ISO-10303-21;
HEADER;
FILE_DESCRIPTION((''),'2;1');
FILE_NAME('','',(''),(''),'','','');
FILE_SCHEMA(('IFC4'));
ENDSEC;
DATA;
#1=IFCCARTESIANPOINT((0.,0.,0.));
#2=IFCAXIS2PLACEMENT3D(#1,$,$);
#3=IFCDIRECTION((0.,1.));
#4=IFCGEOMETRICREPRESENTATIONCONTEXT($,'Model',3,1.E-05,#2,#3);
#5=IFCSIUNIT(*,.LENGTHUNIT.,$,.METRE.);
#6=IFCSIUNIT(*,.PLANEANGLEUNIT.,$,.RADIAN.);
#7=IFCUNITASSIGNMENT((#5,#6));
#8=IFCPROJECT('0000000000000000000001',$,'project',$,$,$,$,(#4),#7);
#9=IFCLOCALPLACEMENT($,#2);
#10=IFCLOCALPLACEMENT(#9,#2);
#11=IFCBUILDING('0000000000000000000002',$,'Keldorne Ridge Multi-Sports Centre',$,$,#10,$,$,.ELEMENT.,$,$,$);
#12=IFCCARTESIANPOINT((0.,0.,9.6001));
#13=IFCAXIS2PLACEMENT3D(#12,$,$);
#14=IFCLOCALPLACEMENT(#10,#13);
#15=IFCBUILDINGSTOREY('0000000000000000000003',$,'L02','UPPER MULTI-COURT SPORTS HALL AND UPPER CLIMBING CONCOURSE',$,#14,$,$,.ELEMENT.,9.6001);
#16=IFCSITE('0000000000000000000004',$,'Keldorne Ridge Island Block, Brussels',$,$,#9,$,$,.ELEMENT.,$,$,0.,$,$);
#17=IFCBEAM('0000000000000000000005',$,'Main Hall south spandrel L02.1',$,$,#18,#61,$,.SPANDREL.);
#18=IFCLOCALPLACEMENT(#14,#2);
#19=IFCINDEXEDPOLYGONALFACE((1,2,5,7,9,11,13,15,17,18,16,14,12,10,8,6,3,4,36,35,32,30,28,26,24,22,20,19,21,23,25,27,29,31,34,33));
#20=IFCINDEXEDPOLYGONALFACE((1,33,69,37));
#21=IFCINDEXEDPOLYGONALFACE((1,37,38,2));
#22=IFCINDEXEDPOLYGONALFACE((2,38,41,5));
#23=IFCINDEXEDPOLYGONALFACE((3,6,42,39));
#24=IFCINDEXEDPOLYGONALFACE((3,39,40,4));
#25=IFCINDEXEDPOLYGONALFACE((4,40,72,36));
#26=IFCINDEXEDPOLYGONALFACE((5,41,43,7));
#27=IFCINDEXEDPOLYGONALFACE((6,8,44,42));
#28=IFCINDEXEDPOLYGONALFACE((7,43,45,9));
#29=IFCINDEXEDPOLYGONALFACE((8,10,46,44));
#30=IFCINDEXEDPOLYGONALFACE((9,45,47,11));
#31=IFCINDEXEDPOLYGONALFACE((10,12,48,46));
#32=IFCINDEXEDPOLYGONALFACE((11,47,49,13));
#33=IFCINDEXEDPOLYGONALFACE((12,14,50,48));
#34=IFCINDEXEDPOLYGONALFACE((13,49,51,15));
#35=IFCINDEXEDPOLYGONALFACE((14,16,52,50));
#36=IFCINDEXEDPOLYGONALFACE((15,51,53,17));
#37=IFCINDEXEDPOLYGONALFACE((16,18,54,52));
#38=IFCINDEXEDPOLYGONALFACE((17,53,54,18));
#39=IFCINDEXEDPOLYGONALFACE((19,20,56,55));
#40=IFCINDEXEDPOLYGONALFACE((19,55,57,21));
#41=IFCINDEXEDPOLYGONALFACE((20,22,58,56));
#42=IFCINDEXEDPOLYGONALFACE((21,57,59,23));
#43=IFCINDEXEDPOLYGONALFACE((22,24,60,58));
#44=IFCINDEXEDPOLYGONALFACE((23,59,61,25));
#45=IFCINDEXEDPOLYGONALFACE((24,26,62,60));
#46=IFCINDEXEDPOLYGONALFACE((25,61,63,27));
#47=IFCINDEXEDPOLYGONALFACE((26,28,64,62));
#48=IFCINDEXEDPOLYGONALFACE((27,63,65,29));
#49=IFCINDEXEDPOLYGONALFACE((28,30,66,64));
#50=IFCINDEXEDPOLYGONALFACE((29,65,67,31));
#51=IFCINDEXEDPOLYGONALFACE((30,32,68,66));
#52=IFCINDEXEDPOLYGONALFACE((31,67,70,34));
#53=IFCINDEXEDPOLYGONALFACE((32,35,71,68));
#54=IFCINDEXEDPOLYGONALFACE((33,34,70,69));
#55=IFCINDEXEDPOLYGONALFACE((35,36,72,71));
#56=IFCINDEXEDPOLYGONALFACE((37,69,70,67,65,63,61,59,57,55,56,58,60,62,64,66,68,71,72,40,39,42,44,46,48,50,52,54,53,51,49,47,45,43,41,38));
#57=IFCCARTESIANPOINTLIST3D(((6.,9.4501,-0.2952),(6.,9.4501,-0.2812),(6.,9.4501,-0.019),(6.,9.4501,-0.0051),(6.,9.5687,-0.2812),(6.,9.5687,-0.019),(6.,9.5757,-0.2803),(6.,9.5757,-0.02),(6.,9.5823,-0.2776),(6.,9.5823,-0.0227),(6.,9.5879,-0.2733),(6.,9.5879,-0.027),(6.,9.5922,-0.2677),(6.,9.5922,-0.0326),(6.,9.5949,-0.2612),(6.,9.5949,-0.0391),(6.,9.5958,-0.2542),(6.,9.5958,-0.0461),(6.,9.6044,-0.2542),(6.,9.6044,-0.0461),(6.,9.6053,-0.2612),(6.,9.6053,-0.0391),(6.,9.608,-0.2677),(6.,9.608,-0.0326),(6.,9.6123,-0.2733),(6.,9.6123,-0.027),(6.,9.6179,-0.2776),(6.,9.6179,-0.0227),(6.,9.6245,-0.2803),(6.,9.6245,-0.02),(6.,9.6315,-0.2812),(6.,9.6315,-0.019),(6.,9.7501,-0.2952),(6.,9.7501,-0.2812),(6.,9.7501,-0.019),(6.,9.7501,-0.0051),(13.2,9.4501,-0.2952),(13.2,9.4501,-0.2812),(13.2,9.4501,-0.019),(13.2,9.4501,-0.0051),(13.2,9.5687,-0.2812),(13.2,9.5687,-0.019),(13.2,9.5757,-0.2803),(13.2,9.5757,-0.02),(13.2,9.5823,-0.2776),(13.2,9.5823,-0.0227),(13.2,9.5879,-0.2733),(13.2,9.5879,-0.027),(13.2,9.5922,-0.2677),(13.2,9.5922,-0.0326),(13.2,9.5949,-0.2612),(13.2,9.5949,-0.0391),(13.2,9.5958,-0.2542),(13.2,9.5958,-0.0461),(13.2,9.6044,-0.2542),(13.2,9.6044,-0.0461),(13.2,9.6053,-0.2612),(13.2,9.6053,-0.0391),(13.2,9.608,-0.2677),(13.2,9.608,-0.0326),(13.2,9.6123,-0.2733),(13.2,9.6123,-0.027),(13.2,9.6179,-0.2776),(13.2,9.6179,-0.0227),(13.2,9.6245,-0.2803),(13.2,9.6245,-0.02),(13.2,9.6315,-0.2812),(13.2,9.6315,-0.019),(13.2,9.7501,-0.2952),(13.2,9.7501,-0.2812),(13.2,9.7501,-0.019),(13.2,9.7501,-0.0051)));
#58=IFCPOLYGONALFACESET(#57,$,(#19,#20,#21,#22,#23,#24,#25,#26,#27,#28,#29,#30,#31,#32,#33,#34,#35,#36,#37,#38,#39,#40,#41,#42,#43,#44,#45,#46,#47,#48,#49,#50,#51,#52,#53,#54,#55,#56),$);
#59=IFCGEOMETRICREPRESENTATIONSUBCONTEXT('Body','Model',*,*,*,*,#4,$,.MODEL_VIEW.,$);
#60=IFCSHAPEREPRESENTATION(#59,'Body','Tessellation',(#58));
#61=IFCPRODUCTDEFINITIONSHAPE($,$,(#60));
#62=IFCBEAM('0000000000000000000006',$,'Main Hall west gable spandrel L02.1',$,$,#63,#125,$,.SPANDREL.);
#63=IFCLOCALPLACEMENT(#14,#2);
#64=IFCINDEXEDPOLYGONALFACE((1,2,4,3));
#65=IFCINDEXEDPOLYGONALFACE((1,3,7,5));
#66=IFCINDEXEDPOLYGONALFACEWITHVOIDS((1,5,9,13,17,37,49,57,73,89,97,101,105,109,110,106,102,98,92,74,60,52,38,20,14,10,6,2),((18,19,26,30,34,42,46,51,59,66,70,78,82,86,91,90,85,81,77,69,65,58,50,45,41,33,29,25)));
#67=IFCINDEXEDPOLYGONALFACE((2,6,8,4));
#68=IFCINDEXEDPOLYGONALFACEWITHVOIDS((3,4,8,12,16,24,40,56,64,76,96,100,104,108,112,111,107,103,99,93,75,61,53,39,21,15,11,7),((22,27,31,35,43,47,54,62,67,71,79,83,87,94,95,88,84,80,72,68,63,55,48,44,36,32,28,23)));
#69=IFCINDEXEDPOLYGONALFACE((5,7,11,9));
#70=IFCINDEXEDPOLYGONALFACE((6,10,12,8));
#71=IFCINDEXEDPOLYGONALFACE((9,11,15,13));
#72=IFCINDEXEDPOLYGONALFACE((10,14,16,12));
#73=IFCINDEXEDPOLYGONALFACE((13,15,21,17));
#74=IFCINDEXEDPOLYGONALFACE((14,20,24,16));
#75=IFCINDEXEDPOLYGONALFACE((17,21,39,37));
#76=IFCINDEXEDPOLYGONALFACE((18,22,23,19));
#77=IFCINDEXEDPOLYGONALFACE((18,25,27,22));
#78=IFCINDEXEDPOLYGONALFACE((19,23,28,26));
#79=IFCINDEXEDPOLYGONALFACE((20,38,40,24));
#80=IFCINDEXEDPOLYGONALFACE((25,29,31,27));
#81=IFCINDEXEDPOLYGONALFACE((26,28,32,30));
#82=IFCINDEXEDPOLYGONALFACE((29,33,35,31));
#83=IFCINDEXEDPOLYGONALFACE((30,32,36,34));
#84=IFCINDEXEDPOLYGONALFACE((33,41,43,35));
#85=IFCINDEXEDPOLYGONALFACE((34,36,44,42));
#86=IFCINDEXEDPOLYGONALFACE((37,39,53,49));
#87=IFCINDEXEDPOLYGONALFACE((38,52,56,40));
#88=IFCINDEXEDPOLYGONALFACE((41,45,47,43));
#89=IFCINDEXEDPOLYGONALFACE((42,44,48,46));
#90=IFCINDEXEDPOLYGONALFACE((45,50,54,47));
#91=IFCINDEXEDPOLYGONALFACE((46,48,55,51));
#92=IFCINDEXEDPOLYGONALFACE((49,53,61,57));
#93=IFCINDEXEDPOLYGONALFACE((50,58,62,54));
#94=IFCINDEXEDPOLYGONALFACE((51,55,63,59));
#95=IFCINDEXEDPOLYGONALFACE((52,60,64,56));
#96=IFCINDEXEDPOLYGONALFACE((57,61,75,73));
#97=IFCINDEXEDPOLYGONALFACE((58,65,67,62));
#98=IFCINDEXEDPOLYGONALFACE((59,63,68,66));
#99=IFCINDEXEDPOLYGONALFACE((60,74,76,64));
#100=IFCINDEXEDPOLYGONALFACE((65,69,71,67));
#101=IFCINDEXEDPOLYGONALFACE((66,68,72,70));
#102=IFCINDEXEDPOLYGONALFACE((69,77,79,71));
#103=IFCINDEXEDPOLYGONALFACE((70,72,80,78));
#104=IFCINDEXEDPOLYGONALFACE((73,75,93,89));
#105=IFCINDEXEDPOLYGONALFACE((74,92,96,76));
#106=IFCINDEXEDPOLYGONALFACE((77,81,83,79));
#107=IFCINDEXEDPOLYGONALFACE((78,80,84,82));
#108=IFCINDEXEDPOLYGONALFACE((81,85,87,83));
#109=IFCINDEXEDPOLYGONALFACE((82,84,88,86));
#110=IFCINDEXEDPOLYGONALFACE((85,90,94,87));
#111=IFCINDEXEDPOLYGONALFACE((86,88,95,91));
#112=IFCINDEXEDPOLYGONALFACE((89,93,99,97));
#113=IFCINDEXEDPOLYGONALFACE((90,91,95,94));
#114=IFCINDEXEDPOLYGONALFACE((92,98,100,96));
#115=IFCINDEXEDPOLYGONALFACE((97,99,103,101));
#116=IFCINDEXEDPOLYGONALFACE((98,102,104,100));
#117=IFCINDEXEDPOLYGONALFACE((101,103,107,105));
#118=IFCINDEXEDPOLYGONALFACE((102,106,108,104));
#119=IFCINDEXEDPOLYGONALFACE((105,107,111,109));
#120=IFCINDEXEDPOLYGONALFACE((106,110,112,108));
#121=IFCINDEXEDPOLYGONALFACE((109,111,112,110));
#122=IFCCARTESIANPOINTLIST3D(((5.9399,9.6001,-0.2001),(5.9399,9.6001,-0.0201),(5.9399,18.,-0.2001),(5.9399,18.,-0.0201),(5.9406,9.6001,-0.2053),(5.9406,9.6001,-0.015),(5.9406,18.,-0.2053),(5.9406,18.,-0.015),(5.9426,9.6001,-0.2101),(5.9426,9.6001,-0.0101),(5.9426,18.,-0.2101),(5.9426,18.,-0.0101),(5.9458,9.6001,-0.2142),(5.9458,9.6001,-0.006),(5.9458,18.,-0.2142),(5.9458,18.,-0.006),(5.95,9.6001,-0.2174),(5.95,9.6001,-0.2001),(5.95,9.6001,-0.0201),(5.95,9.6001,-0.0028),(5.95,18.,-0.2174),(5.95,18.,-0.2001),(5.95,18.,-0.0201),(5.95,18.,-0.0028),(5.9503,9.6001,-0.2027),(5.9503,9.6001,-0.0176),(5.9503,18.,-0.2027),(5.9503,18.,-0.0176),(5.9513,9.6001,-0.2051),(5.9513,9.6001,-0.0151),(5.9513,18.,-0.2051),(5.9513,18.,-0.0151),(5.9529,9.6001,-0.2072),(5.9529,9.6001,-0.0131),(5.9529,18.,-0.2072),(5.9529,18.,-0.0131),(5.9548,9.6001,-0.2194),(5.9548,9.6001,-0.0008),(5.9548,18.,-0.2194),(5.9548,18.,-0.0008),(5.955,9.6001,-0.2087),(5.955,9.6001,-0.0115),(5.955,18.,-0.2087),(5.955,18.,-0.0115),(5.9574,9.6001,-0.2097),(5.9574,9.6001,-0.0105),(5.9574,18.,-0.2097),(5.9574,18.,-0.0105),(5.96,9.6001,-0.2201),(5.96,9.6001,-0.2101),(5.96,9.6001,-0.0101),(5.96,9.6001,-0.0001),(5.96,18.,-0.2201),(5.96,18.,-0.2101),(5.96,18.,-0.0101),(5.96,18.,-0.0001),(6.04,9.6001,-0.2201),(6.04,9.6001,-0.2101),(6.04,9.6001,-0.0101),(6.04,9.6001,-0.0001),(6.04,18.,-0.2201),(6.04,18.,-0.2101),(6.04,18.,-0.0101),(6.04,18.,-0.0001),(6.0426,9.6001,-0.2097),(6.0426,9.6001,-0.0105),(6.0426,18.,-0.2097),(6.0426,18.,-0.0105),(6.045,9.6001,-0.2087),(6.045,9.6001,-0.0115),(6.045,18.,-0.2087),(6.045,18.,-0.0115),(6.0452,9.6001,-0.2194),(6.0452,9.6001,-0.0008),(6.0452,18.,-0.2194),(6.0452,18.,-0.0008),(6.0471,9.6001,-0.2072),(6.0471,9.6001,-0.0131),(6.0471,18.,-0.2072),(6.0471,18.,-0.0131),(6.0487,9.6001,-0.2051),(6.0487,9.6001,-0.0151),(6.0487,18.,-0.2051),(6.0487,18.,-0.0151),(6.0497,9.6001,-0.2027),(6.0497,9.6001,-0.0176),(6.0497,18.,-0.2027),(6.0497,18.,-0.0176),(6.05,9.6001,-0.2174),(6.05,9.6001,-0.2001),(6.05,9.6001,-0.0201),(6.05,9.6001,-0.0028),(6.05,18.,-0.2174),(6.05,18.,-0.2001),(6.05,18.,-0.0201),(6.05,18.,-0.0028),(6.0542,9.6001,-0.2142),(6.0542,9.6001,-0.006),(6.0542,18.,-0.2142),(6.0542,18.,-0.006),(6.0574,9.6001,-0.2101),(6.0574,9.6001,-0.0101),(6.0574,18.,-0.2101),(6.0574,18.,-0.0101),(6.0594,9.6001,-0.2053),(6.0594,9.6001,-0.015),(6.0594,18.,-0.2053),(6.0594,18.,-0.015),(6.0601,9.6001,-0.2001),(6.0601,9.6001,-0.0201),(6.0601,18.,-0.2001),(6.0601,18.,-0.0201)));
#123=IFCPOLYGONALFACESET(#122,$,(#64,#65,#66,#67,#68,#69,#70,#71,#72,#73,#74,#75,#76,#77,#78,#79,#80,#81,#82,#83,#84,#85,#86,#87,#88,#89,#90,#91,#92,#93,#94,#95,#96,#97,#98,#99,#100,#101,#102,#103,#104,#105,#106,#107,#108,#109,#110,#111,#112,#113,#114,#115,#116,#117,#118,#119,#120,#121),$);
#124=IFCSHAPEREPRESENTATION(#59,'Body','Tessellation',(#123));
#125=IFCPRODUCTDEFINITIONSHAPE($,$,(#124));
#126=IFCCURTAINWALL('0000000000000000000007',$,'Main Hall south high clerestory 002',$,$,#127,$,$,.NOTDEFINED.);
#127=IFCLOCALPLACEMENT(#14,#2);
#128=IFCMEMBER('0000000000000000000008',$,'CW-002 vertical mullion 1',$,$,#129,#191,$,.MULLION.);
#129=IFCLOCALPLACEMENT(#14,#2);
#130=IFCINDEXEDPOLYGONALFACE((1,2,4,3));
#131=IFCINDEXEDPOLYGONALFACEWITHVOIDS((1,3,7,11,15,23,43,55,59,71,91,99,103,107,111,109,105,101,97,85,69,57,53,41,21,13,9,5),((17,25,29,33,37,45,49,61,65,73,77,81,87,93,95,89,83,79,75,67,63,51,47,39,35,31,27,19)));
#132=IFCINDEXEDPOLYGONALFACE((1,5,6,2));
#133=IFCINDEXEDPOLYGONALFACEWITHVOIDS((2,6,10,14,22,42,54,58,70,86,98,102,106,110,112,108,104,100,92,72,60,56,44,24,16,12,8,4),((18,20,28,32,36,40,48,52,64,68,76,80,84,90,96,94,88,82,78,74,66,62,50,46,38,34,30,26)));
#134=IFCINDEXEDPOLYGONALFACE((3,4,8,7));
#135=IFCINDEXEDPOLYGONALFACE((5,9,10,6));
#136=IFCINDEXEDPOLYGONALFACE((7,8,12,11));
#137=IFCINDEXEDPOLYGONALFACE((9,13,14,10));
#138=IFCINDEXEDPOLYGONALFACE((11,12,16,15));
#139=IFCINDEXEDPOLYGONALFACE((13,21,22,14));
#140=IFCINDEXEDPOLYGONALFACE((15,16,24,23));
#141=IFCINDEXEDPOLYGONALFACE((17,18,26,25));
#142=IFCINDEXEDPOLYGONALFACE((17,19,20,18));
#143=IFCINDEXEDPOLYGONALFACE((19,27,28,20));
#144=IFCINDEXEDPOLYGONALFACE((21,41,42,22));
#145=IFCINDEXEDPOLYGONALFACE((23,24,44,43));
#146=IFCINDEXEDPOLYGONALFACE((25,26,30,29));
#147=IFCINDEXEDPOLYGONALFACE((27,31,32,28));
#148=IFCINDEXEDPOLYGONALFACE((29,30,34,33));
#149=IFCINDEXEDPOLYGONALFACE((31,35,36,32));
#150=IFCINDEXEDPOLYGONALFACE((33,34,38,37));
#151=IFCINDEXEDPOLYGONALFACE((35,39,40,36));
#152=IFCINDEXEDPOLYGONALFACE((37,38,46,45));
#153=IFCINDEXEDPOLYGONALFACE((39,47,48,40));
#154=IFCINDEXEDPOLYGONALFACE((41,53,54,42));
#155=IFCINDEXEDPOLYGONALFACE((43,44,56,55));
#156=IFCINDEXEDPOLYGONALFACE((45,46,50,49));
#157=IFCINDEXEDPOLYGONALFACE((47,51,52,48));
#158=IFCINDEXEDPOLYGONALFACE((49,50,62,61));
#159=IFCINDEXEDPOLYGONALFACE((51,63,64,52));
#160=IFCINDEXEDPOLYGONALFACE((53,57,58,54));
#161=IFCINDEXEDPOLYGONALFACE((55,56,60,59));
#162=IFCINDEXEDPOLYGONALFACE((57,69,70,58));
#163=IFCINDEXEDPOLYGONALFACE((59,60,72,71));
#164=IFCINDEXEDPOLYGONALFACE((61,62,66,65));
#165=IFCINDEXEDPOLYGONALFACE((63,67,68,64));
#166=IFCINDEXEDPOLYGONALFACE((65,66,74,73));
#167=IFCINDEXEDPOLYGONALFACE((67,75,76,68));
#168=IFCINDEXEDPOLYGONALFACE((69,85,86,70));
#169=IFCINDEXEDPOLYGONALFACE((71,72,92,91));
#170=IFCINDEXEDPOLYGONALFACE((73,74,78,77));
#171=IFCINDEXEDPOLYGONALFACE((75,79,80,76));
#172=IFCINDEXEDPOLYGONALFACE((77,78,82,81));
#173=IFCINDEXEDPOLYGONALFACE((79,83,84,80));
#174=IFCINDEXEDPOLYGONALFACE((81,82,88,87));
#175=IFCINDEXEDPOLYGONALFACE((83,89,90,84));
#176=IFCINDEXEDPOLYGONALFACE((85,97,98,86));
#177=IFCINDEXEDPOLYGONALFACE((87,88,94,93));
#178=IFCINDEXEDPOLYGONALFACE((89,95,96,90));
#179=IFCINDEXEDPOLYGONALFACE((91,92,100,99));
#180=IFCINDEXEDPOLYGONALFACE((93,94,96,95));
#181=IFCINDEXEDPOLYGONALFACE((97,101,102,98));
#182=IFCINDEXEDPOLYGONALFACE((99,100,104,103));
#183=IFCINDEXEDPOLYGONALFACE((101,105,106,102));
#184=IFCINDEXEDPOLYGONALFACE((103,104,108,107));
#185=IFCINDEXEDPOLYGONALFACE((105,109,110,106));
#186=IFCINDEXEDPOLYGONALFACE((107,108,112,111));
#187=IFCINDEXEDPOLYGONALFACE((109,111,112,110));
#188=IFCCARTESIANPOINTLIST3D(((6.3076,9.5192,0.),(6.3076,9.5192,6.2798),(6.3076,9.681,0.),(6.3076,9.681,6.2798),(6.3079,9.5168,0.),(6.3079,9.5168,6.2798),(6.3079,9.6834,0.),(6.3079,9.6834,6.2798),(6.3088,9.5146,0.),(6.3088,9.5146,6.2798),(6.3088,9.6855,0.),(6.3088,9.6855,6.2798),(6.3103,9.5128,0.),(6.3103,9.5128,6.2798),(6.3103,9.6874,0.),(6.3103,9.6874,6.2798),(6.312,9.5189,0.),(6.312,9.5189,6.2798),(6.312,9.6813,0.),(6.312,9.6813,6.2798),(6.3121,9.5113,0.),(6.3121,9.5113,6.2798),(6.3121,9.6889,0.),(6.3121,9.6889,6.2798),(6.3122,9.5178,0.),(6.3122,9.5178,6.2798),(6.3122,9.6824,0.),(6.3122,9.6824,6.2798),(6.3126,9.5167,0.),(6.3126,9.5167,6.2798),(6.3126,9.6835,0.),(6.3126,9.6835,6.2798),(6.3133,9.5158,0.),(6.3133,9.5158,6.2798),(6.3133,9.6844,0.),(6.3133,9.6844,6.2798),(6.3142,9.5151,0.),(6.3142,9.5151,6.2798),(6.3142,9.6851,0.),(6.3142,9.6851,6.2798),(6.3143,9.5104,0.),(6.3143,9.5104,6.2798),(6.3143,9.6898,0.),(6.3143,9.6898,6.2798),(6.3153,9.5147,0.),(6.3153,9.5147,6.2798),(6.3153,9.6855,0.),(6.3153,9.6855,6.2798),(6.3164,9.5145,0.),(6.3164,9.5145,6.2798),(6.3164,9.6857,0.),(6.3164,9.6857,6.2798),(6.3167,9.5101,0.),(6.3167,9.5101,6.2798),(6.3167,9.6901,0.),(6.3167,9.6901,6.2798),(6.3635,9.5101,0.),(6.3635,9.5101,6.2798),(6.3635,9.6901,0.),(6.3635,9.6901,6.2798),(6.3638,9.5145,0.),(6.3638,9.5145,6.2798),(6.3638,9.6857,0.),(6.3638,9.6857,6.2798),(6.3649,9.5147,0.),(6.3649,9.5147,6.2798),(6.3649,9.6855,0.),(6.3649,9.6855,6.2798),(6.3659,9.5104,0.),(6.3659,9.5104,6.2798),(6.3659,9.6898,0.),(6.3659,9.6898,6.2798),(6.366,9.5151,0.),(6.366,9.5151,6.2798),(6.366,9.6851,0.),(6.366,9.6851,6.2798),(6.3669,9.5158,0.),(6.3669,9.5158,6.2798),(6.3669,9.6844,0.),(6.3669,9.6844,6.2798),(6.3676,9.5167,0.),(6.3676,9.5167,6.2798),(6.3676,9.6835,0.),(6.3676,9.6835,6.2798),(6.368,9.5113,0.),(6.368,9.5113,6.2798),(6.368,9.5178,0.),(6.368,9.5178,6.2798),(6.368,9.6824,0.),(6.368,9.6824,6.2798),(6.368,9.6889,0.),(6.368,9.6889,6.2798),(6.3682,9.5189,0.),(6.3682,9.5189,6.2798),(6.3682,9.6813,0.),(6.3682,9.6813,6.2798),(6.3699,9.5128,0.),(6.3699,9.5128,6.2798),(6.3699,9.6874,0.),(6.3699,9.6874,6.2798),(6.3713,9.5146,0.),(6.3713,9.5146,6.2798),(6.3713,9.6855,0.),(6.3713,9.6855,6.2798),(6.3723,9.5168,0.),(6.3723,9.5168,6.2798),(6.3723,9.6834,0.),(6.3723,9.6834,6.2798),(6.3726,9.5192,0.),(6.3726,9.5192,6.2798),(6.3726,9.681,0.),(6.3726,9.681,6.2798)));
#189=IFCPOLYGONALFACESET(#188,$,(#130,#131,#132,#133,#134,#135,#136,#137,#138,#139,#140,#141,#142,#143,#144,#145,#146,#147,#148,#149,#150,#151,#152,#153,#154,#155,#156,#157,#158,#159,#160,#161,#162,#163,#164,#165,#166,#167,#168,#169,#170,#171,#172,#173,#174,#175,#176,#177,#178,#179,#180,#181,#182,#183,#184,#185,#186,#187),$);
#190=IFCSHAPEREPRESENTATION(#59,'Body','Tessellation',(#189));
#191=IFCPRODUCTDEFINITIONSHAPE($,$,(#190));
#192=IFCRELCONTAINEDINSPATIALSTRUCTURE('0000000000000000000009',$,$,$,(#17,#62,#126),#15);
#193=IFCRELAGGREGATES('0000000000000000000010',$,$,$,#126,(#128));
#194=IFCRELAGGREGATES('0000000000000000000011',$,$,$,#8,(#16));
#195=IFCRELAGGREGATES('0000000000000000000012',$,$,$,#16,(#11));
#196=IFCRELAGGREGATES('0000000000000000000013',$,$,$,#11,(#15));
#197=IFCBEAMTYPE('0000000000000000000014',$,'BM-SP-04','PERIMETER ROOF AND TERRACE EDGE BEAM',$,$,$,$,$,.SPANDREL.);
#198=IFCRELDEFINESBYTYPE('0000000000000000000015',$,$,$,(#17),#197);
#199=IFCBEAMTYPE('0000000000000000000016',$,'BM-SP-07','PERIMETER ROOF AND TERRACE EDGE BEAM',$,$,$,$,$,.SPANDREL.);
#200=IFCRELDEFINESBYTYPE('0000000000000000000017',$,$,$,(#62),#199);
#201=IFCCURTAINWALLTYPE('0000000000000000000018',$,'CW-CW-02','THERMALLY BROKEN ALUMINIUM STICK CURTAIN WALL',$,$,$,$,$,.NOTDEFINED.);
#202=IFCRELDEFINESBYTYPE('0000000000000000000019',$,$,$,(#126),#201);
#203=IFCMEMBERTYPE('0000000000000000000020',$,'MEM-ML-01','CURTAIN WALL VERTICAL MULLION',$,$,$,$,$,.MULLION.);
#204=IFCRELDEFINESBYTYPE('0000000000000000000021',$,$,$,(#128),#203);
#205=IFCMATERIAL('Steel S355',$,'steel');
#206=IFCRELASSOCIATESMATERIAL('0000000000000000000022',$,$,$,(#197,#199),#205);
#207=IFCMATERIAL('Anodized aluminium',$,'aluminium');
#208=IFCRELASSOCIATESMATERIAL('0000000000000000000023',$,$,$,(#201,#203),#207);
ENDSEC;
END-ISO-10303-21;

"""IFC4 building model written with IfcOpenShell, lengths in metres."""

from ifc_helpers import new_model, si_unit, direction, frame, origin, origin_2d, place, context, subcontext, project, spatial, hollow_rectangle, i_section, extrude, material, material_profile, profile_set, type_object, element, aggregate, save


model = new_model("IFC4")

# Units and contexts
model_context = context("Model", 3, precision=1e-05, world=origin(), true_north=direction((0.0, 1.0)))
body_context = subcontext(model_context, "Body", "Model", "MODEL_VIEW")
ifc_project = project(units=[si_unit("LENGTHUNIT", "METRE"), si_unit("PLANEANGLEUNIT", "RADIAN")], contexts=[model_context])

# Site, building, storey
site_placement = place(None, origin())
site = spatial("IfcSite", under=ifc_project, at=site_placement, Name="Keldorne Ridge Island Block, Brussels", CompositionType="ELEMENT", RefElevation=0.0)
building_placement = place(site_placement, origin())
building = spatial("IfcBuilding", under=site, at=building_placement, Name="Keldorne Ridge Multi-Sports Centre", CompositionType="ELEMENT")
storey_placement = place(building_placement, frame((0.0, 0.0, 9.6001)))
storey = spatial("IfcBuildingStorey", under=building, at=storey_placement, Name="L02", Description="UPPER MULTI-COURT SPORTS HALL AND UPPER CLIMBING CONCOURSE", CompositionType="ELEMENT", Elevation=9.6001)

# Beams
ifc_material_1 = material(Name="Steel S355", Category="steel")
ifc_material_profile_1 = material_profile(ifc_material_1, i_section(OverallWidth=0.3, OverallDepth=0.29, WebThickness=0.0085, FlangeThickness=0.0139, FilletRadius=0.0271, at=origin_2d()), Name="HEA 300")
ifc_profile_set_1 = profile_set([ifc_material_profile_1], Name="Steel S355")
beam_type_1 = type_object("IfcBeamType", Name="BM-SP-04", Description="PERIMETER ROOF AND TERRACE EDGE BEAM", PredefinedType="SPANDREL", material=ifc_profile_set_1)
beam_1_placement = place(storey_placement, frame((6.0, 9.6001, -0.1501), z_axis=(1.0, 0.0, 0.0), x_axis=(0.0, 1.0, 0.0)))
element("IfcBeam", 1, at=beam_1_placement, inside=storey, type_object=beam_type_1, Name="Main Hall south spandrel L02.1", PredefinedType="SPANDREL", context=body_context, shape_type="SweptSolid", body=[
    extrude(i_section(OverallWidth=0.3, OverallDepth=0.29, WebThickness=0.0085, FlangeThickness=0.0139, FilletRadius=0.0271, at=origin_2d()), origin(), (0.0, 0.0, 1.0), 7.2),
])
ifc_material_profile_2 = material_profile(ifc_material_1, hollow_rectangle(XDim=0.1201, YDim=0.22, WallThickness=0.01, InnerFilletRadius=0.01, OuterFilletRadius=0.02, at=origin_2d()), Name="RHS 220x120x10")
ifc_profile_set_2 = profile_set([ifc_material_profile_2], Name="Steel S355")
beam_type_2 = type_object("IfcBeamType", Name="BM-SP-07", Description="PERIMETER ROOF AND TERRACE EDGE BEAM", PredefinedType="SPANDREL", material=ifc_profile_set_2)
beam_2_placement = place(storey_placement, frame((6.0, 9.6001, -0.1101), z_axis=(0.0, 1.0, 0.0), x_axis=(-1.0, 0.0, 0.0)))
element("IfcBeam", 2, at=beam_2_placement, inside=storey, type_object=beam_type_2, Name="Main Hall west gable spandrel L02.1", PredefinedType="SPANDREL", context=body_context, shape_type="SweptSolid", body=[
    extrude(hollow_rectangle(XDim=0.1201, YDim=0.22, WallThickness=0.01, InnerFilletRadius=0.01, OuterFilletRadius=0.02, at=origin_2d()), origin(), (0.0, 0.0, 1.0), 8.3999),
])

# Curtain wall, member
ifc_material_2 = material(Name="Anodized aluminium", Category="aluminium")
curtain_wall_type_1 = type_object("IfcCurtainWallType", Name="CW-CW-02", Description="THERMALLY BROKEN ALUMINIUM STICK CURTAIN WALL", PredefinedType="NOTDEFINED", material=ifc_material_2)
curtain_wall_1_placement = place(storey_placement, origin())
curtain_wall_1 = element("IfcCurtainWall", 3, at=curtain_wall_1_placement, inside=storey, type_object=curtain_wall_type_1, Name="Main Hall south high clerestory 002", PredefinedType="NOTDEFINED")
ifc_material_profile_3 = material_profile(ifc_material_2, hollow_rectangle(XDim=0.0649, YDim=0.1799, WallThickness=0.0044, InnerFilletRadius=0.0044, OuterFilletRadius=0.009, at=origin_2d()), Name="ALU MULLION 180x65x4.5")
ifc_profile_set_3 = profile_set([ifc_material_profile_3], Name="Anodized aluminium")
member_type_1 = type_object("IfcMemberType", Name="MEM-ML-01", Description="CURTAIN WALL VERTICAL MULLION", PredefinedType="MULLION", material=ifc_profile_set_3)
member_1_placement = place(storey_placement, frame((6.3401, 9.6001, 0.0), z_axis=(0.0, 0.0, 1.0), x_axis=(1.0, 0.0, 0.0)))
member_1 = element("IfcMember", 4, at=member_1_placement, type_object=member_type_1, Name="CW-002 vertical mullion 1", PredefinedType="MULLION", context=body_context, shape_type="SweptSolid", body=[
    extrude(hollow_rectangle(XDim=0.0649, YDim=0.1799, WallThickness=0.0044, InnerFilletRadius=0.0044, OuterFilletRadius=0.009, at=origin_2d()), origin(), (0.0, 0.0, 1.0), 6.2798),
])

aggregate(curtain_wall_1, [member_1])

save(model, "model.ifc")
